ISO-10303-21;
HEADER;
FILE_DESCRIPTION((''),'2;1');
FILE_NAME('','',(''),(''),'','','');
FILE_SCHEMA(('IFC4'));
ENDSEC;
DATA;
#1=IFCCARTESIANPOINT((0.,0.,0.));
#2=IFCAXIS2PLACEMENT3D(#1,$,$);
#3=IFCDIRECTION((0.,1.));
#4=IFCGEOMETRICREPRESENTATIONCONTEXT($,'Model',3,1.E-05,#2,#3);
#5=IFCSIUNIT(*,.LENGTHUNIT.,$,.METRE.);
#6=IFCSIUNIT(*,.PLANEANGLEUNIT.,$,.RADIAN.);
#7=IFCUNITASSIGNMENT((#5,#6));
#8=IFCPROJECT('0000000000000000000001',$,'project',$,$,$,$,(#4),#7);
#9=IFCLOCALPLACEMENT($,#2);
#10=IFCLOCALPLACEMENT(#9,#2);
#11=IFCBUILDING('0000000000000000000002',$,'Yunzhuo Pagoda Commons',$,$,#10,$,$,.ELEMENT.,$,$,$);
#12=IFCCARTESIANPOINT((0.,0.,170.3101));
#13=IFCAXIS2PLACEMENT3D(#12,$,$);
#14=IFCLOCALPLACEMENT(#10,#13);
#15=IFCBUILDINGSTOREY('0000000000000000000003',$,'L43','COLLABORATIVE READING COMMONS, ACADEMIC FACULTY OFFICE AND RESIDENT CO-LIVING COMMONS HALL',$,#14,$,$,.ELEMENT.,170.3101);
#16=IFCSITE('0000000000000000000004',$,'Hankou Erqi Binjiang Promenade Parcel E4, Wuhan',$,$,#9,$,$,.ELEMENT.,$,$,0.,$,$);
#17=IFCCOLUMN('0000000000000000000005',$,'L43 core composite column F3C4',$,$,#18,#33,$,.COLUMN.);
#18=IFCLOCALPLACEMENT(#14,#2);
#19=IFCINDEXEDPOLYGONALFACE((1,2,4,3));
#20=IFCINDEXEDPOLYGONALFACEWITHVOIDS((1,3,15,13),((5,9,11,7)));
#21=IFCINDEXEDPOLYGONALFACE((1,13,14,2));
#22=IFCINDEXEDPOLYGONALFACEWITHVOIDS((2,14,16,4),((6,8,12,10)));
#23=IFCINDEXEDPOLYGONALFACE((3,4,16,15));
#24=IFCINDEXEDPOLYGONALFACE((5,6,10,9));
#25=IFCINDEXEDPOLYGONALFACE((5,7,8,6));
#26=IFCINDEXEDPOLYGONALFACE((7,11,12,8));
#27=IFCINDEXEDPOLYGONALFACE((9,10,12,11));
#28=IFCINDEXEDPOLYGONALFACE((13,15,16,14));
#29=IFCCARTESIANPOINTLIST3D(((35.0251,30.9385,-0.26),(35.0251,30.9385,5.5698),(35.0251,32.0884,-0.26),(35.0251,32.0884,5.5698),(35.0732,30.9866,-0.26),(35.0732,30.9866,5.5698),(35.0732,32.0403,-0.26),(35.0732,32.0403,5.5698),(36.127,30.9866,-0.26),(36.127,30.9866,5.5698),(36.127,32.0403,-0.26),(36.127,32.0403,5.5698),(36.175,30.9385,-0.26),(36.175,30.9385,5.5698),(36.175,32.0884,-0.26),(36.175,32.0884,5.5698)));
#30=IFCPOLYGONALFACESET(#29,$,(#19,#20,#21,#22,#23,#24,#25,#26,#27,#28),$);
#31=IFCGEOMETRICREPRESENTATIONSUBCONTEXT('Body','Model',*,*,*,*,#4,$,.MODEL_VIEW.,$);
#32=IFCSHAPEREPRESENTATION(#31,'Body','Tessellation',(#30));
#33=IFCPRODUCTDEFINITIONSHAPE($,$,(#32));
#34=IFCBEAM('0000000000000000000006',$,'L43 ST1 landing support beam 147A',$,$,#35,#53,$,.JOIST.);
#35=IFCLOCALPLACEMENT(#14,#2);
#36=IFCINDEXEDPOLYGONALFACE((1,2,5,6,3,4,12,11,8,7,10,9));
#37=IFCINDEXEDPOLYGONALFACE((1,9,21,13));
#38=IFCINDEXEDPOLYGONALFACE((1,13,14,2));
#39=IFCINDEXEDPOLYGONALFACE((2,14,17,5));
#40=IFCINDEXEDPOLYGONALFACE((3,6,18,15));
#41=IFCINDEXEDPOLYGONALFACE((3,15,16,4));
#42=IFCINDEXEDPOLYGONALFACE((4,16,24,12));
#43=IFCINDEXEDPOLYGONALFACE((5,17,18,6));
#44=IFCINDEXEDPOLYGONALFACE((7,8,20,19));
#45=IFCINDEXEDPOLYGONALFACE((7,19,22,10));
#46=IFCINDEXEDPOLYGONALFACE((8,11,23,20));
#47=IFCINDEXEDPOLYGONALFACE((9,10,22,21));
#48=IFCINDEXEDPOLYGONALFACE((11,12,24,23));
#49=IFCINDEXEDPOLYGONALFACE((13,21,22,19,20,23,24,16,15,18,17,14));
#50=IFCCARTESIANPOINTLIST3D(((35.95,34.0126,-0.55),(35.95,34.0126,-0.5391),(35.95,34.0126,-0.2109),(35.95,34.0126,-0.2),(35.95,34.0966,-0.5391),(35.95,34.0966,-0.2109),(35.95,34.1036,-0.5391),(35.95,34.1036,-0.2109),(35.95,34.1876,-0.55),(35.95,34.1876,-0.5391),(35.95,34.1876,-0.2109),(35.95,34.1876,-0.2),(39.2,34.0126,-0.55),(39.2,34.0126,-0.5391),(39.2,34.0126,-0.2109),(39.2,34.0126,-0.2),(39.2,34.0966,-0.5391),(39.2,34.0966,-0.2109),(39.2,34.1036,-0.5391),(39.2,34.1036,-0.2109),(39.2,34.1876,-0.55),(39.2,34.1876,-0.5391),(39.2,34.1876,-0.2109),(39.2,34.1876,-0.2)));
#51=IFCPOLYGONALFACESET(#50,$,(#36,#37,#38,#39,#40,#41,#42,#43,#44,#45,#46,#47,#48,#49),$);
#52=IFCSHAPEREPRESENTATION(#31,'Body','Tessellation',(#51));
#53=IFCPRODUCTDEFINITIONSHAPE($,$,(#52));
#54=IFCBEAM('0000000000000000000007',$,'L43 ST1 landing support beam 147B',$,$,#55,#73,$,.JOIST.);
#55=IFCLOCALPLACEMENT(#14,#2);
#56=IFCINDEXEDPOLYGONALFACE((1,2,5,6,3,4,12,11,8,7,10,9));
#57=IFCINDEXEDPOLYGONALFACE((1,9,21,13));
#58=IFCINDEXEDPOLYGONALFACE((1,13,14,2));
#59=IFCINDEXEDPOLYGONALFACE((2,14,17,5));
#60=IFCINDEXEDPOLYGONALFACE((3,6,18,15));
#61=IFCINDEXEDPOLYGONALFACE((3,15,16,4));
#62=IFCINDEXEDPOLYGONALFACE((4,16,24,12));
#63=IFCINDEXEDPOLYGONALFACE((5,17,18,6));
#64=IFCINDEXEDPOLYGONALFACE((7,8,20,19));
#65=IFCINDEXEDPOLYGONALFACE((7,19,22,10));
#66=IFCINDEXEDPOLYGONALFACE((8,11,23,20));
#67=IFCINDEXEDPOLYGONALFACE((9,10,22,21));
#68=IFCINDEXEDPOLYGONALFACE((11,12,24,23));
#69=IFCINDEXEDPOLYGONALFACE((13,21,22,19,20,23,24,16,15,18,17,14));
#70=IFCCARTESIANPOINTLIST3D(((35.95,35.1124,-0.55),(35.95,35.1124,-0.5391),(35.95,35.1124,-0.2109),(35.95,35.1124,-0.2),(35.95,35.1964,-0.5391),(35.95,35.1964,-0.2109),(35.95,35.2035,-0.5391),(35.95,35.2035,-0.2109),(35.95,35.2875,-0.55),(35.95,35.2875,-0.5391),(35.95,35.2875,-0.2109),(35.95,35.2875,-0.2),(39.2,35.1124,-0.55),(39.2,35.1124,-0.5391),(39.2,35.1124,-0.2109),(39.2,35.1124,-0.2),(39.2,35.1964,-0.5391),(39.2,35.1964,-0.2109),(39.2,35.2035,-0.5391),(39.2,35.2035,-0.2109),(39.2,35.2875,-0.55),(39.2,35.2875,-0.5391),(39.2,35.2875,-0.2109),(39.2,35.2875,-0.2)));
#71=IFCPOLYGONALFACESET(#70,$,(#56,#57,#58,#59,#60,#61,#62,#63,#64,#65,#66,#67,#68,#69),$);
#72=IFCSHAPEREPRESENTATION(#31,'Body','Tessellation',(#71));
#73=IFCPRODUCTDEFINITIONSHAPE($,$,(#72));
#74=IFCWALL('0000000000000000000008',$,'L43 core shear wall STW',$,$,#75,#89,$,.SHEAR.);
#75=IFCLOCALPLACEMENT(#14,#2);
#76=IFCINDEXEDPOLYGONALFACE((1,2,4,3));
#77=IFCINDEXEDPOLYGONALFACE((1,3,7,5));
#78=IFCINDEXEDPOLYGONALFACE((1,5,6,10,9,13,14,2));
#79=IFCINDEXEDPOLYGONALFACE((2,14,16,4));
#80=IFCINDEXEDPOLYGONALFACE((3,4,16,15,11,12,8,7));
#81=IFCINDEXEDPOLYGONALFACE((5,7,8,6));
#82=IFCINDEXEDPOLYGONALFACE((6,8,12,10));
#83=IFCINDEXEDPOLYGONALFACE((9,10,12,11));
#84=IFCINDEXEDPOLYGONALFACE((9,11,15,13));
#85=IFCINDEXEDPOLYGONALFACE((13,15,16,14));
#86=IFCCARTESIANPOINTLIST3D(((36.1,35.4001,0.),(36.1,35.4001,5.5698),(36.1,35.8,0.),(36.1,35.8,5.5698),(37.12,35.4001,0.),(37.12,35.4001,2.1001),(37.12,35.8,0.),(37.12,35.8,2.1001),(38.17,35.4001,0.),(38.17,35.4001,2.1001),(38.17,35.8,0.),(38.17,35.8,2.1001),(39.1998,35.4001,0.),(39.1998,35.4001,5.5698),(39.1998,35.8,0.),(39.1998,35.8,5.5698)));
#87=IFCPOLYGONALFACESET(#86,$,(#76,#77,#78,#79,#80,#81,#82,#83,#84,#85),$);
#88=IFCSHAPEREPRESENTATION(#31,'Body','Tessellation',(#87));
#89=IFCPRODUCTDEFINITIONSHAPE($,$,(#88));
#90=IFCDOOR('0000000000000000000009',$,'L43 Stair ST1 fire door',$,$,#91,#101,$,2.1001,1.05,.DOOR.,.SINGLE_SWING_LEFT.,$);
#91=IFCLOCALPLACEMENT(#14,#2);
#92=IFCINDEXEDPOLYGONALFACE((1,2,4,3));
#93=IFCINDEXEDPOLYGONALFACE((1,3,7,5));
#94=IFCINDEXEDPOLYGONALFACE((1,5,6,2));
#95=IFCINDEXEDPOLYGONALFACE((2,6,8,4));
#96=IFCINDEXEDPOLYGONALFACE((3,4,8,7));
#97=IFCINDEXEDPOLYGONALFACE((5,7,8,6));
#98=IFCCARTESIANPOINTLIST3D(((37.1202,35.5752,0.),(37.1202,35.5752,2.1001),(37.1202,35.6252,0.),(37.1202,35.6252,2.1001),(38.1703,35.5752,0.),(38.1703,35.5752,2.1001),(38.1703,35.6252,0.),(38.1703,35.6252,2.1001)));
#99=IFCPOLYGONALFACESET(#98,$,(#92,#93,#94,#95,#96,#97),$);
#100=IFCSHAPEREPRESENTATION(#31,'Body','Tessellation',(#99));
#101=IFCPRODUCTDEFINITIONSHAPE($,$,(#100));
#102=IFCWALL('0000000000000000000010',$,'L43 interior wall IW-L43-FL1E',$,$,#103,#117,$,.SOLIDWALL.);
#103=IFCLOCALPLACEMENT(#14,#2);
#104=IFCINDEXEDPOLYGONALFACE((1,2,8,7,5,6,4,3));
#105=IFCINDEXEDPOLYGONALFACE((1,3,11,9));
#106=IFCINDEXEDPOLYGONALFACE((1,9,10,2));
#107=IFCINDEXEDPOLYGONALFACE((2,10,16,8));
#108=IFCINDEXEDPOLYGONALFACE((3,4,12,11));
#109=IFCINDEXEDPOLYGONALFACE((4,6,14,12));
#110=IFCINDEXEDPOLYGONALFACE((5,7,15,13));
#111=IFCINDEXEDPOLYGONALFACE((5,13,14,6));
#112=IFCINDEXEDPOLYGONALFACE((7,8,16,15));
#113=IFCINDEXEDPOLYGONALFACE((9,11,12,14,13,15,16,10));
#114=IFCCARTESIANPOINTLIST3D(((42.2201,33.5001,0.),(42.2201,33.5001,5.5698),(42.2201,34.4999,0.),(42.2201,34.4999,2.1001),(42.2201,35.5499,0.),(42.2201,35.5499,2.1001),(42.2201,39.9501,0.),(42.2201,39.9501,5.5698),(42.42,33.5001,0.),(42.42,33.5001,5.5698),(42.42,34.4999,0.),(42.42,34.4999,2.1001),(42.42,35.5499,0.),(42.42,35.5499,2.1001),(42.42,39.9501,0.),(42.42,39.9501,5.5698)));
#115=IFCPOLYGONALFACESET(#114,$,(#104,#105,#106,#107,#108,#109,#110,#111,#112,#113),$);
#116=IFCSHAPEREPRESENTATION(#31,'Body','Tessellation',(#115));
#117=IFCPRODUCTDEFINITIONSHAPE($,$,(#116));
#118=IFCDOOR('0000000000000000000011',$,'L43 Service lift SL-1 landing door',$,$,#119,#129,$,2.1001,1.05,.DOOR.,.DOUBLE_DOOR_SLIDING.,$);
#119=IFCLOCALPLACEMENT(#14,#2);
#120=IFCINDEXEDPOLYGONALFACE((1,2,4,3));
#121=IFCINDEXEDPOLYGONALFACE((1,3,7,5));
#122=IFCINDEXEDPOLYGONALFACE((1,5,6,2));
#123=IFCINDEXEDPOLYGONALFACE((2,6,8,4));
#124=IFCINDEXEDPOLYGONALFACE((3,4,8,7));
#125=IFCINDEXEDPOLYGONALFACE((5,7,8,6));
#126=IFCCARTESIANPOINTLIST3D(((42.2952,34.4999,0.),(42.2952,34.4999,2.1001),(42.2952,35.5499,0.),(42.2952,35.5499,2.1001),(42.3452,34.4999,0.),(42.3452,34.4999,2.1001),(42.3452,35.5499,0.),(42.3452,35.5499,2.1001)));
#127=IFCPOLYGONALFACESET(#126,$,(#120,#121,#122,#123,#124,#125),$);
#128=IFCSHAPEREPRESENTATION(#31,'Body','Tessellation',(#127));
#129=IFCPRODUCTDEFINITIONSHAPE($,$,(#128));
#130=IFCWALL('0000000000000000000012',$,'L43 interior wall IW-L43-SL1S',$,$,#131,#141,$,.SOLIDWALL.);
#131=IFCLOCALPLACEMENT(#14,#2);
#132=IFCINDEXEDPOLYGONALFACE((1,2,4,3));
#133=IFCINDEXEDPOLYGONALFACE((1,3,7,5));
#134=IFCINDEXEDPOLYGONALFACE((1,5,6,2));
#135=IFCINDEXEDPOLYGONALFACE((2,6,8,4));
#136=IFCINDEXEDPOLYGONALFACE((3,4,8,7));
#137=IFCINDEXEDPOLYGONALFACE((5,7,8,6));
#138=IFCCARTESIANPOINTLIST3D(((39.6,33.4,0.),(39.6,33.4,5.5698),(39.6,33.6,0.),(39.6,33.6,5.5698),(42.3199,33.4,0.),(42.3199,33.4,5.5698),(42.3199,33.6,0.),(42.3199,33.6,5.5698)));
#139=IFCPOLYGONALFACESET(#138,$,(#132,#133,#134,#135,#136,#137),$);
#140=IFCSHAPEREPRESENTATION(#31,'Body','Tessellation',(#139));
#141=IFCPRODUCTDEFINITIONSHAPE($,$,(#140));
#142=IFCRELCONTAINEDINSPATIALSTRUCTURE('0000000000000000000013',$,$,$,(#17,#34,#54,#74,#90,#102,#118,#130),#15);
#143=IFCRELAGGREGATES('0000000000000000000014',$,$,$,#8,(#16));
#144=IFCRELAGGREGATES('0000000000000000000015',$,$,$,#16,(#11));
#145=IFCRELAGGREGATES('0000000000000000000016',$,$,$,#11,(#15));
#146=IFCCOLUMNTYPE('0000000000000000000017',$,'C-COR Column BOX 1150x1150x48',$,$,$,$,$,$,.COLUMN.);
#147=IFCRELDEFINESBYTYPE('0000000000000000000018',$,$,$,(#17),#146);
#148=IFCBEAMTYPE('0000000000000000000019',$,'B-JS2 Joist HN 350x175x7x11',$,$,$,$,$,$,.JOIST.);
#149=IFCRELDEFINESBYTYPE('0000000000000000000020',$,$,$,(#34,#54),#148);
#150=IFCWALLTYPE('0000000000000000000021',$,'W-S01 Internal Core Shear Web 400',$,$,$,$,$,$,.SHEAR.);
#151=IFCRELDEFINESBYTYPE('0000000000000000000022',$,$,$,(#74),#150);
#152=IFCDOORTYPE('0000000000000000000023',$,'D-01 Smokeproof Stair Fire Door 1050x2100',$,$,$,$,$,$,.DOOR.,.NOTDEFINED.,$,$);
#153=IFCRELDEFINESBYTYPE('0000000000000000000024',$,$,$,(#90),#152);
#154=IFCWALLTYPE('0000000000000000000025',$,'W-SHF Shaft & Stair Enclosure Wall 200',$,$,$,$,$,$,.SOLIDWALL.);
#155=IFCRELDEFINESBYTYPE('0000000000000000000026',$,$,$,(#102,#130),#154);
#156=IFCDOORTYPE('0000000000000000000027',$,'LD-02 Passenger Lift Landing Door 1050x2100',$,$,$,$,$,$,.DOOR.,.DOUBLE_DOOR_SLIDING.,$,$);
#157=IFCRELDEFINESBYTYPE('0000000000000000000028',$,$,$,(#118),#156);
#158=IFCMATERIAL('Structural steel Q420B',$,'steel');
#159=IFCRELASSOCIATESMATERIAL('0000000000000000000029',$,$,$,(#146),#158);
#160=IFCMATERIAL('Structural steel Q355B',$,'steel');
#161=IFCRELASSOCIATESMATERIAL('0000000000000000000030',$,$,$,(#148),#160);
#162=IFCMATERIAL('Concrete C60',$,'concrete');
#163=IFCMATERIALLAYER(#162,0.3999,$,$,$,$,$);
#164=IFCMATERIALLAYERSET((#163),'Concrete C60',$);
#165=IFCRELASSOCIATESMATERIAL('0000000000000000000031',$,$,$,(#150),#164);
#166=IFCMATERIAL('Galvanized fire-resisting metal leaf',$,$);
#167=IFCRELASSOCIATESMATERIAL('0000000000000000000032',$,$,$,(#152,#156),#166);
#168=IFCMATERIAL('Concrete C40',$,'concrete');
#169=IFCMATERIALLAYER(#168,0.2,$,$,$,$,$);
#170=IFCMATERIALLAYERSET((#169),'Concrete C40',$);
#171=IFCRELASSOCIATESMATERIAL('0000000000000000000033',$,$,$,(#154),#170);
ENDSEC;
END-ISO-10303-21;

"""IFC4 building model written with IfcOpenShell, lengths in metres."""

from ifc_helpers import new_model, si_unit, direction, frame, frame_2d, origin, origin_with_axes, origin_2d, place, context, subcontext, project, spatial, rectangle, hollow_rectangle, i_section, extrude, source, transform, mapped, material, layer, layer_set, material_profile, profile_set, type_object, element, fill, save


model = new_model("IFC4")

# Units and contexts
model_context = context("Model", 3, precision=1e-05, world=origin(), true_north=direction((0.0, 1.0)))
body_context = subcontext(model_context, "Body", "Model", "MODEL_VIEW")
ifc_project = project(units=[si_unit("LENGTHUNIT", "METRE"), si_unit("PLANEANGLEUNIT", "RADIAN")], contexts=[model_context])

# Site, building, storey
site_placement = place(None, origin())
site = spatial("IfcSite", under=ifc_project, at=site_placement, Name="Hankou Erqi Binjiang Promenade Parcel E4, Wuhan", CompositionType="ELEMENT", RefElevation=0.0)
building_placement = place(site_placement, origin())
building = spatial("IfcBuilding", under=site, at=building_placement, Name="Yunzhuo Pagoda Commons", CompositionType="ELEMENT")
storey_placement = place(building_placement, frame((0.0, 0.0, 170.3101)))
storey = spatial("IfcBuildingStorey", under=building, at=storey_placement, Name="L43", Description="COLLABORATIVE READING COMMONS, ACADEMIC FACULTY OFFICE AND RESIDENT CO-LIVING COMMONS HALL", CompositionType="ELEMENT", Elevation=170.3101)

# Column
ifc_material_1 = material(Name="Structural steel Q420B", Category="steel")
ifc_material_profile_1 = material_profile(ifc_material_1, hollow_rectangle(XDim=1.1499, YDim=1.1499, WallThickness=0.0481, at=origin_2d()), Name="Structural steel Q420B")
ifc_profile_set_1 = profile_set([ifc_material_profile_1], Name="Structural steel Q420B")
column_type = type_object("IfcColumnType", Name="C-COR Column BOX 1150x1150x48", PredefinedType="COLUMN", material=ifc_profile_set_1)
shared_shape_1 = source(origin(), body_context, "Body", "SweptSolid", [
    extrude(hollow_rectangle(XDim=1.1499, YDim=1.1499, WallThickness=0.0481, at=origin_2d()), origin(), (0.0, 0.0, 1.0), 5.8298),
])
column_placement = place(storey_placement, frame((35.6001, 31.5134, -0.26), z_axis=(0.0, 0.0, 1.0), x_axis=(1.0, 0.0, 0.0)))
element("IfcColumn", 1, at=column_placement, inside=storey, type_object=column_type, Name="L43 core composite column F3C4", PredefinedType="COLUMN", context=body_context, shape_type="MappedRepresentation", body=[
    mapped(shared_shape_1, transform((0.0, 0.0, 0.0), scale=1.0)),
])

# Beams
ifc_material_2 = material(Name="Structural steel Q355B", Category="steel")
ifc_material_profile_2 = material_profile(ifc_material_2, i_section(OverallWidth=0.175, OverallDepth=0.3501, WebThickness=0.0071, FlangeThickness=0.011, at=origin_2d()), Name="Structural steel Q355B")
ifc_profile_set_2 = profile_set([ifc_material_profile_2], Name="Structural steel Q355B")
beam_type = type_object("IfcBeamType", Name="B-JS2 Joist HN 350x175x7x11", PredefinedType="JOIST", material=ifc_profile_set_2)
shared_shape_2 = source(origin(), body_context, "Body", "SweptSolid", [
    extrude(i_section(OverallWidth=0.175, OverallDepth=0.3501, WebThickness=0.0071, FlangeThickness=0.011, at=origin_2d()), origin(), (0.0, 0.0, 1.0), 3.25),
])
for number, where, z_axis, x_axis, name in (
    (2, (35.95, 34.1001, -0.375), (1.0, 0.0, 0.0), (0.0, 1.0, 0.0), "L43 ST1 landing support beam 147A"),
    (3, (35.95, 35.2, -0.375), (1.0, 0.0, 0.0), (0.0, 1.0, 0.0), "L43 ST1 landing support beam 147B"),
):
    element("IfcBeam", number, at=place(storey_placement, frame(where, z_axis=z_axis, x_axis=x_axis)), inside=storey, type_object=beam_type, Name=name, PredefinedType="JOIST", context=body_context, shape_type="MappedRepresentation", body=[
        mapped(shared_shape_2, transform((0.0, 0.0, 0.0), scale=1.0)),
    ])

# Walls, openings, doors
ifc_material_3 = material(Name="Concrete C60", Category="concrete")
ifc_layer_1 = layer(ifc_material_3, 0.3999)
ifc_layer_set_1 = layer_set([ifc_layer_1], Name="Concrete C60")
wall_type_1 = type_object("IfcWallType", Name="W-S01 Internal Core Shear Web 400", PredefinedType="SHEAR", material=ifc_layer_set_1)
wall_1_placement = place(storey_placement, frame((36.1001, 35.6001, 0.0), z_axis=(0.0, 0.0, 1.0), x_axis=(1.0, 0.0, 0.0)))
wall_1 = element("IfcWall", 4, at=wall_1_placement, inside=storey, type_object=wall_type_1, Name="L43 core shear wall STW", PredefinedType="SHEAR", context=body_context, shape_type="SweptSolid", body=[
    extrude(rectangle(XDim=3.0999, YDim=0.3999, at=frame_2d((1.5498, 0.0))), origin(), (0.0, 0.0, 1.0), 5.5698),
])
opening_1_placement = place(wall_1_placement, frame((1.02, 0.0, 0.0)))
opening_1 = element("IfcOpeningElement", 5, at=opening_1_placement, cuts=wall_1, PredefinedType="OPENING", context=body_context, shape_type="SweptSolid", body=[
    extrude(rectangle(XDim=1.05, YDim=2.1001, at=frame_2d((0.5249, 1.05))), frame((0.0, 0.21, 0.0), z_axis=(0.0, -1.0, 0.0), x_axis=(1.0, 0.0, 0.0)), (0.0, 0.0, 1.0), 0.4199),
])
ifc_material_4 = material(Name="Galvanized fire-resisting metal leaf")
door_type_1 = type_object("IfcDoorType", Name="D-01 Smokeproof Stair Fire Door 1050x2100", OperationType="NOTDEFINED", PredefinedType="DOOR", material=ifc_material_4)
shared_shape_3 = source(origin(), body_context, "Body", "SweptSolid", [
    extrude(rectangle(XDim=1.05, YDim=2.1001, at=frame_2d((0.5249, 1.05))), frame((0.0, 0.0249, 0.0), z_axis=(0.0, -1.0, 0.0), x_axis=(1.0, 0.0, 0.0)), (0.0, 0.0, 1.0), 0.05),
])
door_1_placement = place(opening_1_placement, frame((1.05, 0.0, 0.0), z_axis=(0.0, 0.0, 1.0), x_axis=(-1.0, 0.0, 0.0)))
door_1 = element("IfcDoor", 6, at=door_1_placement, inside=storey, type_object=door_type_1, Name="L43 Stair ST1 fire door", OperationType="SINGLE_SWING_LEFT", OverallHeight=2.1001, OverallWidth=1.05, PredefinedType="DOOR", context=body_context, shape_type="MappedRepresentation", body=[
    mapped(shared_shape_3, transform((0.0, 0.0, 0.0), scale=1.0)),
])
fill(opening_1, door_1)
ifc_material_5 = material(Name="Concrete C40", Category="concrete")
ifc_layer_2 = layer(ifc_material_5, 0.2)
ifc_layer_set_2 = layer_set([ifc_layer_2], Name="Concrete C40")
wall_type_2 = type_object("IfcWallType", Name="W-SHF Shaft & Stair Enclosure Wall 200", PredefinedType="SOLIDWALL", material=ifc_layer_set_2)
wall_2_placement = place(storey_placement, frame((42.3201, 33.5, 0.0), z_axis=(0.0, 0.0, 1.0), x_axis=(0.0, 1.0, 0.0)))
wall_2 = element("IfcWall", 7, at=wall_2_placement, inside=storey, type_object=wall_type_2, Name="L43 interior wall IW-L43-FL1E", PredefinedType="SOLIDWALL", context=body_context, shape_type="SweptSolid", body=[
    extrude(rectangle(XDim=6.45, YDim=0.2, at=frame_2d((3.2251, 0.0))), origin(), (0.0, 0.0, 1.0), 5.5698),
])
opening_2_placement = place(wall_2_placement, frame((1.0, 0.0, 0.0)))
opening_2 = element("IfcOpeningElement", 8, at=opening_2_placement, cuts=wall_2, PredefinedType="OPENING", context=body_context, shape_type="SweptSolid", body=[
    extrude(rectangle(XDim=1.05, YDim=2.1001, at=frame_2d((0.5249, 1.05))), frame((0.0, 0.1099, 0.0), z_axis=(0.0, -1.0, 0.0), x_axis=(1.0, 0.0, 0.0)), (0.0, 0.0, 1.0), 0.22),
])
door_type_2 = type_object("IfcDoorType", Name="LD-02 Passenger Lift Landing Door 1050x2100", OperationType="DOUBLE_DOOR_SLIDING", PredefinedType="DOOR", material=ifc_material_4)
door_2_placement = place(opening_2_placement, origin_with_axes())
door_2 = element("IfcDoor", 9, at=door_2_placement, inside=storey, type_object=door_type_2, Name="L43 Service lift SL-1 landing door", OperationType="DOUBLE_DOOR_SLIDING", OverallHeight=2.1001, OverallWidth=1.05, PredefinedType="DOOR", context=body_context, shape_type="MappedRepresentation", body=[
    mapped(shared_shape_3, transform((0.0, 0.0, 0.0), scale=1.0)),
])
fill(opening_2, door_2)

# Wall
wall_3_placement = place(storey_placement, frame((39.6001, 33.5, 0.0), z_axis=(0.0, 0.0, 1.0), x_axis=(1.0, 0.0, 0.0)))
element("IfcWall", 10, at=wall_3_placement, inside=storey, type_object=wall_type_2, Name="L43 interior wall IW-L43-SL1S", PredefinedType="SOLIDWALL", context=body_context, shape_type="SweptSolid", body=[
    extrude(rectangle(XDim=2.72, YDim=0.2, at=frame_2d((1.3599, 0.0))), origin(), (0.0, 0.0, 1.0), 5.5698),
])

save(model, "model.ifc")
